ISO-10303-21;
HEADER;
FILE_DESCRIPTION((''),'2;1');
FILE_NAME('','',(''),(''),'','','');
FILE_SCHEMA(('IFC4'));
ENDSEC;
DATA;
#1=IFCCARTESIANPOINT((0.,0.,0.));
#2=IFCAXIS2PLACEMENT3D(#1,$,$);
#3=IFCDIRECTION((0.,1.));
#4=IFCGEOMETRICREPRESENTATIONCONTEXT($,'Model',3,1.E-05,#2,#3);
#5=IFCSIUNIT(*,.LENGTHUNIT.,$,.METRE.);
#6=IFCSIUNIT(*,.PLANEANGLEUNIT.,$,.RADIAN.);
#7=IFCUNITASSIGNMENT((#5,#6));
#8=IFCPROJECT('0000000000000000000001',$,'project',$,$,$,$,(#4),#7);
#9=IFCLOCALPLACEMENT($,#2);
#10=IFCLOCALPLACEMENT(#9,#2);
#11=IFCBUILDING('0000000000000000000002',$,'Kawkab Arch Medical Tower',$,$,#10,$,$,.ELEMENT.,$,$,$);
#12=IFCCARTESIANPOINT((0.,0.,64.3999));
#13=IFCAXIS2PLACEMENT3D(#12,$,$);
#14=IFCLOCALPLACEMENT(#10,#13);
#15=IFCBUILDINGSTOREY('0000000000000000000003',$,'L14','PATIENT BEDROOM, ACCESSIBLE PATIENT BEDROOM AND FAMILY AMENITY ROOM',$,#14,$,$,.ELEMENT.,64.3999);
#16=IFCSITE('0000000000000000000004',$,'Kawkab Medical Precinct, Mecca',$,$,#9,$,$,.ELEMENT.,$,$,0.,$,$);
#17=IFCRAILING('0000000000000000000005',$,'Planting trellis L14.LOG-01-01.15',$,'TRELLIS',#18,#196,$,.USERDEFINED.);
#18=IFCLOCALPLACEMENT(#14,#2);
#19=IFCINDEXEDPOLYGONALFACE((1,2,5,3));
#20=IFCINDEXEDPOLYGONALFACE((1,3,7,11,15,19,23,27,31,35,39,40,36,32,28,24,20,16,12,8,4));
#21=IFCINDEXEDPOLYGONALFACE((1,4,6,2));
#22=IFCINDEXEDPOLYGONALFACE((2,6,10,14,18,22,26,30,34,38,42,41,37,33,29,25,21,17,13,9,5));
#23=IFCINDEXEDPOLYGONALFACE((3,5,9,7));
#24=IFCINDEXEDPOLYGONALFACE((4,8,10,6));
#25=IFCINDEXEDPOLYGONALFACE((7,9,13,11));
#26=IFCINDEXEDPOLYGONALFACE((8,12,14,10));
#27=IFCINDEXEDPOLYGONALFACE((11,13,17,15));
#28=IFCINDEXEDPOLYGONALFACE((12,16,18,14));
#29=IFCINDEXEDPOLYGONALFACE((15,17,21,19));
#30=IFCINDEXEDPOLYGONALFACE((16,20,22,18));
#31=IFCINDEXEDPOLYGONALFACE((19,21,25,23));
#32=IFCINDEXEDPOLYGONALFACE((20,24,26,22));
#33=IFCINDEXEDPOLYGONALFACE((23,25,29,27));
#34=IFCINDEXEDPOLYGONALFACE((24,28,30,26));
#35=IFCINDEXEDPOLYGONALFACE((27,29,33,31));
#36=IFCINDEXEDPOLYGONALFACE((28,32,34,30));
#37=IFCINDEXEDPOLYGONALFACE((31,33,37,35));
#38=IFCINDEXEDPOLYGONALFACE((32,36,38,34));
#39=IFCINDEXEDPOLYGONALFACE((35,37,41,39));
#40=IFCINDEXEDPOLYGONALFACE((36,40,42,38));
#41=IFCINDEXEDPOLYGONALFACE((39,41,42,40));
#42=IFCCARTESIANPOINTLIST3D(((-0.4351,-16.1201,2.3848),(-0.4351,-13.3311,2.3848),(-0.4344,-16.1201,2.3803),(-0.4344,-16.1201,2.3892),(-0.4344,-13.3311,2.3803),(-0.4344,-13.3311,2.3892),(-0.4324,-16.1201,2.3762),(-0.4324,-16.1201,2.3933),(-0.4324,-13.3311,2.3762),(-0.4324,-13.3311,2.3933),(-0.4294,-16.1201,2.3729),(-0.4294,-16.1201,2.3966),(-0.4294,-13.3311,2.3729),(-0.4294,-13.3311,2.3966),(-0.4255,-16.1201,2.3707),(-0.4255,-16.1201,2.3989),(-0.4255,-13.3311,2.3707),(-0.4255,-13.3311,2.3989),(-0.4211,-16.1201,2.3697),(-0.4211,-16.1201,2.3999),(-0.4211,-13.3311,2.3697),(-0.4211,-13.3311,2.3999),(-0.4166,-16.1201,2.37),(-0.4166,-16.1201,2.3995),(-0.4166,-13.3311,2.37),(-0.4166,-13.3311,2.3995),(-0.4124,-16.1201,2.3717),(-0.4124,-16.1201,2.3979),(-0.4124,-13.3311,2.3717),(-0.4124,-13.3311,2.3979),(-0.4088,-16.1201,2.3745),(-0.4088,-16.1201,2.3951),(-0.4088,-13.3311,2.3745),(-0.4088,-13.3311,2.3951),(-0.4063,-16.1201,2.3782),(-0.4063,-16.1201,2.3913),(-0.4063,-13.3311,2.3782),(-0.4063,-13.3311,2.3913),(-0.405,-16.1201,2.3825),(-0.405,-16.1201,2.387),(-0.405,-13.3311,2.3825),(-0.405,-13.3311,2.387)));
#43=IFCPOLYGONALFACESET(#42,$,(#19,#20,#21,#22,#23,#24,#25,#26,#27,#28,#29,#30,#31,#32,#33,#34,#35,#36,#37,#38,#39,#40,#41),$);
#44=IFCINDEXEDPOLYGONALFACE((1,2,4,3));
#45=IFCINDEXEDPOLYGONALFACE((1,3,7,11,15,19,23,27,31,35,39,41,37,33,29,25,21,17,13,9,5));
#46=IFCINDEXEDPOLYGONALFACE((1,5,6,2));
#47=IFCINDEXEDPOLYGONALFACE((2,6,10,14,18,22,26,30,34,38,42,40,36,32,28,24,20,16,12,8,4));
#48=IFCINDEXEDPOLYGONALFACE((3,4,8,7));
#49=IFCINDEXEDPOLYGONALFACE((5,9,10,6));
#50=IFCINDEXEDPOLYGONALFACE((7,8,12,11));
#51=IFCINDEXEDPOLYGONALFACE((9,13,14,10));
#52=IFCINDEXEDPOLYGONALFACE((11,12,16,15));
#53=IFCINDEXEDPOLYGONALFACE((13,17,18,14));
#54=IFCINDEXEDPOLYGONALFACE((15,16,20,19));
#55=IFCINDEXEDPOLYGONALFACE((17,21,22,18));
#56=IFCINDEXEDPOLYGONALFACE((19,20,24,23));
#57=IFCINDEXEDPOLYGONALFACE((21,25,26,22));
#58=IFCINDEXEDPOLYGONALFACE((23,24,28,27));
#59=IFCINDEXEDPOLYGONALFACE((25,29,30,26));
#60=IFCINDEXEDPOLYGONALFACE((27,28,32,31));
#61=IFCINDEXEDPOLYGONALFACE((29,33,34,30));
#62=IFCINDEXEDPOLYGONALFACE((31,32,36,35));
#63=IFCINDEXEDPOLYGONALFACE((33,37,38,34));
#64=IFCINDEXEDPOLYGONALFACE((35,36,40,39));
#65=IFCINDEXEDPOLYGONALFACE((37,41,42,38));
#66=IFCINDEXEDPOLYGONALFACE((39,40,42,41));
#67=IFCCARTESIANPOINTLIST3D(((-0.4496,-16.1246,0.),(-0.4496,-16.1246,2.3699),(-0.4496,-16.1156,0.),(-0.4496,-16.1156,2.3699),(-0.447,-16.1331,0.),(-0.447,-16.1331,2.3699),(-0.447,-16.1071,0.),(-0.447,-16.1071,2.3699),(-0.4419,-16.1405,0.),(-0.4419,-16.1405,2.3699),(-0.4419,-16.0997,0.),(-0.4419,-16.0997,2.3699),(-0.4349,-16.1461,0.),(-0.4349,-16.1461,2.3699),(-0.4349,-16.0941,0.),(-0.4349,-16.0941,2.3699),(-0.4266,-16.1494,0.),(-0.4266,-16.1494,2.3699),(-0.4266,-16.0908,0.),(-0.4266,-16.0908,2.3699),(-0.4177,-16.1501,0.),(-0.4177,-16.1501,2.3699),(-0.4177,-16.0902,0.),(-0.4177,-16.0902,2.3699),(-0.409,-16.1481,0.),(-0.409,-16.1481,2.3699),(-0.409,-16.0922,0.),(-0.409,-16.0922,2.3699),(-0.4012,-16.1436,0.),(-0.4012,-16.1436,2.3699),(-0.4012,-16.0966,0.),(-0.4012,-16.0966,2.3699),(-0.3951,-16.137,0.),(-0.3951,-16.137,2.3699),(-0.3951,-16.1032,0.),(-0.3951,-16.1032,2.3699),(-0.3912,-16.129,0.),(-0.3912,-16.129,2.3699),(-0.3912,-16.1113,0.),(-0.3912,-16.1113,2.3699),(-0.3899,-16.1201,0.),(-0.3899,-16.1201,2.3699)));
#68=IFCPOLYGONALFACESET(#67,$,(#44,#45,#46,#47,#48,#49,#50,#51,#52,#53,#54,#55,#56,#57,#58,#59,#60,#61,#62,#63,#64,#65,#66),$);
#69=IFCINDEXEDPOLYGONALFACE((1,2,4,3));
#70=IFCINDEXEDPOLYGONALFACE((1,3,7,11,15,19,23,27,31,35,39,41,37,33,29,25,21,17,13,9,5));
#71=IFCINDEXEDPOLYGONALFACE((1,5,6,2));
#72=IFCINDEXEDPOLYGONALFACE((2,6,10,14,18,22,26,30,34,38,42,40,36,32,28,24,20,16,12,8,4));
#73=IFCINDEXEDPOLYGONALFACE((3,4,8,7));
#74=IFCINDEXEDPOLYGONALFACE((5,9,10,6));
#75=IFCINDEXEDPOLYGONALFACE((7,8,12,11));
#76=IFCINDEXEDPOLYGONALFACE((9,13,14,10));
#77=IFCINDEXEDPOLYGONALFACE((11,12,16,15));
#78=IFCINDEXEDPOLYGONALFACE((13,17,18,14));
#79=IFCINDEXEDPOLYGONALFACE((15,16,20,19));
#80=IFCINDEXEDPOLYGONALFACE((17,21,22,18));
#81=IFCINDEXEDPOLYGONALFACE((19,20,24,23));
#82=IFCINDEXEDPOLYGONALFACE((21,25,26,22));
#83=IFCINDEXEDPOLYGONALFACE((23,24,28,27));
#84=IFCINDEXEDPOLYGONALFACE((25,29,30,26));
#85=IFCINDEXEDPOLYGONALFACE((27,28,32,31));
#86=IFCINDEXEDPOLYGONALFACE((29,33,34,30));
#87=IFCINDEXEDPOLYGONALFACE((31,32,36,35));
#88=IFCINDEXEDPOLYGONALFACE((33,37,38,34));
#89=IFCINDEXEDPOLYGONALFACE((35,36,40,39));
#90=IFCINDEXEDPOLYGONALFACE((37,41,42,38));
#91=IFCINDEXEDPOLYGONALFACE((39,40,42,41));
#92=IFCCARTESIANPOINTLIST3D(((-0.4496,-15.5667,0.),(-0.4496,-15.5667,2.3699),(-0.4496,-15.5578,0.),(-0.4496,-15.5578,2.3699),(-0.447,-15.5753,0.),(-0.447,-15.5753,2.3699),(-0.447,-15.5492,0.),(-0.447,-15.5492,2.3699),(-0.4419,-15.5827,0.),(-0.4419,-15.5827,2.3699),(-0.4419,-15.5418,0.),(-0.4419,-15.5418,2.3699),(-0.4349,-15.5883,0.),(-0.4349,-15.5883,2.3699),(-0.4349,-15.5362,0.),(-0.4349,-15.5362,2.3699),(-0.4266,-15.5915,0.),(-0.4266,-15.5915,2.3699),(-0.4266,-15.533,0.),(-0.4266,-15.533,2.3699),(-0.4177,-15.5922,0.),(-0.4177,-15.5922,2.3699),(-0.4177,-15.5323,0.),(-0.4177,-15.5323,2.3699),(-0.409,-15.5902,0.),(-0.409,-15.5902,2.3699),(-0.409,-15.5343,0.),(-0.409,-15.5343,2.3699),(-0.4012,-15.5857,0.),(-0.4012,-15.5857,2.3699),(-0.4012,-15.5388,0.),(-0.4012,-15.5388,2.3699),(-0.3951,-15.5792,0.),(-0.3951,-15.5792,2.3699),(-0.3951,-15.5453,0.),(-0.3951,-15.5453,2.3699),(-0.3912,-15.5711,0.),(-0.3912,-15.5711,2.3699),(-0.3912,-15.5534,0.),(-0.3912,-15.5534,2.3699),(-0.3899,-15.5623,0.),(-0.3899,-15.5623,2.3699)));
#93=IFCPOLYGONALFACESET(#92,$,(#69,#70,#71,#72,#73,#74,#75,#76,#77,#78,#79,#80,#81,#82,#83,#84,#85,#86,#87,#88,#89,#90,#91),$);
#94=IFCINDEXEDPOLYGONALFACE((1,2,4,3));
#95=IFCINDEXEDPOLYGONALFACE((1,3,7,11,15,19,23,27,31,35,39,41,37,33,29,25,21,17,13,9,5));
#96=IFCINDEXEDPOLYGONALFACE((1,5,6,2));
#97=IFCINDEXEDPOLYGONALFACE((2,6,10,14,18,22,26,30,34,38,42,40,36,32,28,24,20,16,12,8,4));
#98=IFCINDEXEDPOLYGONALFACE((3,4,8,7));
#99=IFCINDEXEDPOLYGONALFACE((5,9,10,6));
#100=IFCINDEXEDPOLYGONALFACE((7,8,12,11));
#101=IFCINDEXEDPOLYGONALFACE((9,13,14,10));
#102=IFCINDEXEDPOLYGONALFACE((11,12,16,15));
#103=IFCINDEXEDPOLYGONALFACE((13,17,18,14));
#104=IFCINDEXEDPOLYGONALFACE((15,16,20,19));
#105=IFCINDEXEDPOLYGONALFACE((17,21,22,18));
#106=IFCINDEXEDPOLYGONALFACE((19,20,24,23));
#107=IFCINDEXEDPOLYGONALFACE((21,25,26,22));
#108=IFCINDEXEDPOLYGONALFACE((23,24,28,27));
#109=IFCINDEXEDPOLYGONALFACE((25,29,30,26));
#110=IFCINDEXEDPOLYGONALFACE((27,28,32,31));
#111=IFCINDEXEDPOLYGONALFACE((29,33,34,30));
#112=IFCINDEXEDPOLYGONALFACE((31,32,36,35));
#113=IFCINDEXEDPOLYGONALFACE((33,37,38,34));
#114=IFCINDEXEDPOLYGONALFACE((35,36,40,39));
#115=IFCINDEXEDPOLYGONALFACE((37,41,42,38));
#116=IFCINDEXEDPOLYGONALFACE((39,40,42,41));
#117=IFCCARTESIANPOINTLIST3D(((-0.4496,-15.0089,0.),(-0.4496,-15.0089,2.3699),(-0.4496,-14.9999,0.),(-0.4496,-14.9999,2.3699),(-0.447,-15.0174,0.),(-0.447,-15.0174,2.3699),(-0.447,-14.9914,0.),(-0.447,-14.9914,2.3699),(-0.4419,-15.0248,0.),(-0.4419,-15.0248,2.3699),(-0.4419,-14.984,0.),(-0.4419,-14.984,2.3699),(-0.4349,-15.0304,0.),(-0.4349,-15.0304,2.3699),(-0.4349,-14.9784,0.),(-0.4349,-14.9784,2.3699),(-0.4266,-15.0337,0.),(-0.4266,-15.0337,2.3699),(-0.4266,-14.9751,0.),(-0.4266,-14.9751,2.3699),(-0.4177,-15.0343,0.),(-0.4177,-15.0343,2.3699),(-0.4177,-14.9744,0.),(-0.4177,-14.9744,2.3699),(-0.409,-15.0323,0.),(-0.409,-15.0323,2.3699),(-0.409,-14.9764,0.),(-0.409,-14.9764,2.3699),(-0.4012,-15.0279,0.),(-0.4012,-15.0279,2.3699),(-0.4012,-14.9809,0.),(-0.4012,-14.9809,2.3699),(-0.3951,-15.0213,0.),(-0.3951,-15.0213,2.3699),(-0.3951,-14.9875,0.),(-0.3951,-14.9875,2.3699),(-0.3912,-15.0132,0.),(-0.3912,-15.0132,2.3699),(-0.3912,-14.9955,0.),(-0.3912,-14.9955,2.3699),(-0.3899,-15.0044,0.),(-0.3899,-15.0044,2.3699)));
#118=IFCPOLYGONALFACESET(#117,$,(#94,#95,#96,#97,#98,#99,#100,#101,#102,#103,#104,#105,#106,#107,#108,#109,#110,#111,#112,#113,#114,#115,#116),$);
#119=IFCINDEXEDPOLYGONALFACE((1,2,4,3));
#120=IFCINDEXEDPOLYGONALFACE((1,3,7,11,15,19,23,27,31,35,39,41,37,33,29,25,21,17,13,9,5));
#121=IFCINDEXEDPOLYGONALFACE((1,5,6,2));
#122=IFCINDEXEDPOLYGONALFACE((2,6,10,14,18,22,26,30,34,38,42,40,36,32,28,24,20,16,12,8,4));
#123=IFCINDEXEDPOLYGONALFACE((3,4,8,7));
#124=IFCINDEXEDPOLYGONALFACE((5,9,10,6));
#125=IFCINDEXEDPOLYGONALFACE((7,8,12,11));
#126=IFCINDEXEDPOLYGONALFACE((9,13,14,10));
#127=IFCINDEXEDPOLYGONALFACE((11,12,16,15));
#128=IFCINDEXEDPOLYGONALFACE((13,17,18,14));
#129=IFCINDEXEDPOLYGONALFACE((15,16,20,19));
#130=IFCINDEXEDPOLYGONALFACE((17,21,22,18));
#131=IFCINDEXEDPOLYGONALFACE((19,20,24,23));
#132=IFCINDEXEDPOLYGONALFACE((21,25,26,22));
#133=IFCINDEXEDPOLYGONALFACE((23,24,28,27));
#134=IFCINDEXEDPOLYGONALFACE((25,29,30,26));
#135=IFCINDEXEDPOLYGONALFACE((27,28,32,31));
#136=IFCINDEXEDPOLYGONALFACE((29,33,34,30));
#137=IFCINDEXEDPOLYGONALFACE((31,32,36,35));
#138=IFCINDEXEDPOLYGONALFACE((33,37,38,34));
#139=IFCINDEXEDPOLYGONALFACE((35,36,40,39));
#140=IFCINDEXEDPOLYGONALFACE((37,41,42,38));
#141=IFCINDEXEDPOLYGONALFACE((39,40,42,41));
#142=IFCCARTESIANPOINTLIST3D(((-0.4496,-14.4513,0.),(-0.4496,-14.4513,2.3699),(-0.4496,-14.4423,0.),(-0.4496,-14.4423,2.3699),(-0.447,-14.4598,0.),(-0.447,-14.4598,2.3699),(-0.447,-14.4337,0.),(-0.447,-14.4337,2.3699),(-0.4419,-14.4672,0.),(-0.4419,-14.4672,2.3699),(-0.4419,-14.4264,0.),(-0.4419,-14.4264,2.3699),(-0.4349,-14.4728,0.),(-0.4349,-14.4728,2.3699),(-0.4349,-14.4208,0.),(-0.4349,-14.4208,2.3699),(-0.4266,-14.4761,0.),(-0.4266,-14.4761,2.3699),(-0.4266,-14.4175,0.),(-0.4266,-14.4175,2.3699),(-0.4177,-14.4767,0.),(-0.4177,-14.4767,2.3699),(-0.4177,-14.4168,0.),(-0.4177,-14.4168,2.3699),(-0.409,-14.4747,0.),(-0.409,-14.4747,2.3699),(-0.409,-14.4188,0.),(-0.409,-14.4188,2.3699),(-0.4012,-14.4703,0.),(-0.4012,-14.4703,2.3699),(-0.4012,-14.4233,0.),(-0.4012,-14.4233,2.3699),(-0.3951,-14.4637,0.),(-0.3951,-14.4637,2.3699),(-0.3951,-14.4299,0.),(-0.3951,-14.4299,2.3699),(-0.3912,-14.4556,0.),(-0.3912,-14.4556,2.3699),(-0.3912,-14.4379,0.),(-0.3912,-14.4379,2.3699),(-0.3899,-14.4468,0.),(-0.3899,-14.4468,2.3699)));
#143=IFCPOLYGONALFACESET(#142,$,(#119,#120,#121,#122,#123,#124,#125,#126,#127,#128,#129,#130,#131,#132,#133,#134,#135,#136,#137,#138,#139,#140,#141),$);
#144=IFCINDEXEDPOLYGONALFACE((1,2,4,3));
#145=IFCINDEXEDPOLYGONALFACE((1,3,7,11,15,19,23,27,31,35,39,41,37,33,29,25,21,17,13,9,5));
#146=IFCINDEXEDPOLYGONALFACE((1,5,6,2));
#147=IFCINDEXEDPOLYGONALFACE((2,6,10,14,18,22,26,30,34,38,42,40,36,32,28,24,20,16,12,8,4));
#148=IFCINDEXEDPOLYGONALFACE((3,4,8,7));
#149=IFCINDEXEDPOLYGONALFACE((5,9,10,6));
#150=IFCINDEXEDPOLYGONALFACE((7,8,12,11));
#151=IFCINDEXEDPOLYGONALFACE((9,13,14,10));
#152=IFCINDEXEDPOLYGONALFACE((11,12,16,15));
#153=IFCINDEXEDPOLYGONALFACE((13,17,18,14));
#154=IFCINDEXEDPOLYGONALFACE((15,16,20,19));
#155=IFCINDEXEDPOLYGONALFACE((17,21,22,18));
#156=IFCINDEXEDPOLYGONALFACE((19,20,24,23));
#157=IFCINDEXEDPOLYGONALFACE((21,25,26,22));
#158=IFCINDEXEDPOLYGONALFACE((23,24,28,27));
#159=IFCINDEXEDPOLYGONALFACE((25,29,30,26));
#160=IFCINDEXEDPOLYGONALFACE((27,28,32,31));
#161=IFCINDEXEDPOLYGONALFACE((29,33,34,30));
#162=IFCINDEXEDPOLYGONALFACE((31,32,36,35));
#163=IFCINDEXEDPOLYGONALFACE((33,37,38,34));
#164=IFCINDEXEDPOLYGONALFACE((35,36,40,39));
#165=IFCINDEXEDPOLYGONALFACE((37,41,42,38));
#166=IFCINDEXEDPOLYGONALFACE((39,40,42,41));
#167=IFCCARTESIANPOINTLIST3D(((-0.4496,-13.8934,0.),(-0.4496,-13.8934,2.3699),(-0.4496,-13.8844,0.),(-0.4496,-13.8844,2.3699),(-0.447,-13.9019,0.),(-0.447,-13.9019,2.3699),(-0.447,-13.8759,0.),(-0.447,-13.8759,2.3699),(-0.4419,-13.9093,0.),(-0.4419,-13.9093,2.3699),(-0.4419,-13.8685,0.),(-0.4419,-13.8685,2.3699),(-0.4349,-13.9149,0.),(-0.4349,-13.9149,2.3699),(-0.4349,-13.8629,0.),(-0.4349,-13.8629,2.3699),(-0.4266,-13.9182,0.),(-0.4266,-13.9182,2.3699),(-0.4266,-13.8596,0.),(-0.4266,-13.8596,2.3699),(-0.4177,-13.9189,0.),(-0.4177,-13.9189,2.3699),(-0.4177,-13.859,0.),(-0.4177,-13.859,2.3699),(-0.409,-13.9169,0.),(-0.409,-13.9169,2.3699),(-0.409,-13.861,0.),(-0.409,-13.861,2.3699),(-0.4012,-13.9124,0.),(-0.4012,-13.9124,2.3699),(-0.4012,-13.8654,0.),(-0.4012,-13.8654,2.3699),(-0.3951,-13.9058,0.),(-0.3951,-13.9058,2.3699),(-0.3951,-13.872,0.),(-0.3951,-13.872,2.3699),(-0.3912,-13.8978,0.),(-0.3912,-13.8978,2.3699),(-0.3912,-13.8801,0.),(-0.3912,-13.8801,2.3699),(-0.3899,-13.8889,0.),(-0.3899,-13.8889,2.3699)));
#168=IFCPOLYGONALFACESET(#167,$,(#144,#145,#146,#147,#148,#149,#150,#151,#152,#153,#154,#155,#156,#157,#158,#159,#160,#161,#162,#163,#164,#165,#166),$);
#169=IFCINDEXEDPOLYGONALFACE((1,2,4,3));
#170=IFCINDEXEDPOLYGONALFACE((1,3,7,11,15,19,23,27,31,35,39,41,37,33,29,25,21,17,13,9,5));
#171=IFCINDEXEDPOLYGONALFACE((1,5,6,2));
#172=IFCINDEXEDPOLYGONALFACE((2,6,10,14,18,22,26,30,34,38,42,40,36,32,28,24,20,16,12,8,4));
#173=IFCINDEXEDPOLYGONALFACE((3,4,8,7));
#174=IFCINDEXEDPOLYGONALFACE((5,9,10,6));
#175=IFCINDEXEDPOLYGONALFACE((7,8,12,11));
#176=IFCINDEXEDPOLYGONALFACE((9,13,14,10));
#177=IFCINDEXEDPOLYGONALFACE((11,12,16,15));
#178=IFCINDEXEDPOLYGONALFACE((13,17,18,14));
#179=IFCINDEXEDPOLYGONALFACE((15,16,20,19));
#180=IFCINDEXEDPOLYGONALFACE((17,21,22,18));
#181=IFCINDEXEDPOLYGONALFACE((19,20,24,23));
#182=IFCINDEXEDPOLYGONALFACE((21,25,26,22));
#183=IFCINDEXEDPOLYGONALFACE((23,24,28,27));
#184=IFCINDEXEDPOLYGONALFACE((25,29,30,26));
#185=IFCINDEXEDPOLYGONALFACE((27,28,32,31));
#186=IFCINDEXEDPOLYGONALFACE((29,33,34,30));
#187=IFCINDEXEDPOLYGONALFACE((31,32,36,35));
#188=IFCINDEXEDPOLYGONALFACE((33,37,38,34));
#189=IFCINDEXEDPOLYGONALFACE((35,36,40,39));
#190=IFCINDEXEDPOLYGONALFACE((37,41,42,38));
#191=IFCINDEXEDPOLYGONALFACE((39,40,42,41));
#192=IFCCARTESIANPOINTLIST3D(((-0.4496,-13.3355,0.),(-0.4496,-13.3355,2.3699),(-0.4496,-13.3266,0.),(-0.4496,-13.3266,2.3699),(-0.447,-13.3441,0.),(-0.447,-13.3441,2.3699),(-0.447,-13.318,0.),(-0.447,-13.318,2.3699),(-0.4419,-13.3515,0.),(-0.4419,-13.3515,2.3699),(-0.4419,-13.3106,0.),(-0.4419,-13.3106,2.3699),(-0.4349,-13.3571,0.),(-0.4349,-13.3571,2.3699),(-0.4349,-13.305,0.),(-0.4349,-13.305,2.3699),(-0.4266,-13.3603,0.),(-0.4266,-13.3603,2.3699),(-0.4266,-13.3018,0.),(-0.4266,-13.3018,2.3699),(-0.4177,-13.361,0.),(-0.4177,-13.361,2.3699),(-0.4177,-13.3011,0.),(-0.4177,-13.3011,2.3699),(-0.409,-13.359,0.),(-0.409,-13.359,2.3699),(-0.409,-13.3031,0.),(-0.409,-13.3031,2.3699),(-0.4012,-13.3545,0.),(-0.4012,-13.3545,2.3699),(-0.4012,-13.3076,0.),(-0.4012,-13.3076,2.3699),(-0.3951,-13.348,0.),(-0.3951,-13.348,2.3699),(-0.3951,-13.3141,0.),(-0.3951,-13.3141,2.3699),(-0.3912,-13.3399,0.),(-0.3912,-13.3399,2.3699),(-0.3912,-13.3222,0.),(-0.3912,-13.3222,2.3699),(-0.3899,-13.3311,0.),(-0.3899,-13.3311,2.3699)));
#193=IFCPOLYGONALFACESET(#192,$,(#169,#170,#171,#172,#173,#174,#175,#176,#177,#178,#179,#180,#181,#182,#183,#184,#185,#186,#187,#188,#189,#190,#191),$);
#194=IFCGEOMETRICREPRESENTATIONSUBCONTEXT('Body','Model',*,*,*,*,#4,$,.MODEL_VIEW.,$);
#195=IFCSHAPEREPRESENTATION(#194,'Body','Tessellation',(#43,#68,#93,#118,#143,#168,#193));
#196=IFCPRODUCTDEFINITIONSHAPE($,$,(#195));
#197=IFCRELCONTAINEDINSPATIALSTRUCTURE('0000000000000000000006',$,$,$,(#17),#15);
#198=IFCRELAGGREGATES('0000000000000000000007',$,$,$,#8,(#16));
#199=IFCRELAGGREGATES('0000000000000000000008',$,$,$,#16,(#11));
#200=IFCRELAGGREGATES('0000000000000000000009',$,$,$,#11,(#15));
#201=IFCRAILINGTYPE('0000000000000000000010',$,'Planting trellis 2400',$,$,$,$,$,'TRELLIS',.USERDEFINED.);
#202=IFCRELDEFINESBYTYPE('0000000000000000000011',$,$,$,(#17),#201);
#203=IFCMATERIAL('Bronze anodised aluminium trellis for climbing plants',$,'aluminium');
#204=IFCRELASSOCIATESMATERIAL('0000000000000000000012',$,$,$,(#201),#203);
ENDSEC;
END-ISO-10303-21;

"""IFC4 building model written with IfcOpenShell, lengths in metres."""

from ifc_helpers import new_model, si_unit, direction, frame, origin, origin_2d, place, context, subcontext, project, spatial, circle, extrude, material, type_object, element, save


model = new_model("IFC4")

# Units and contexts
model_context = context("Model", 3, precision=1e-05, world=origin(), true_north=direction((0.0, 1.0)))
body_context = subcontext(model_context, "Body", "Model", "MODEL_VIEW")
ifc_project = project(units=[si_unit("LENGTHUNIT", "METRE"), si_unit("PLANEANGLEUNIT", "RADIAN")], contexts=[model_context])

# Site, building, storey
site_placement = place(None, origin())
site = spatial("IfcSite", under=ifc_project, at=site_placement, Name="Kawkab Medical Precinct, Mecca", CompositionType="ELEMENT", RefElevation=0.0)
building_placement = place(site_placement, origin())
building = spatial("IfcBuilding", under=site, at=building_placement, Name="Kawkab Arch Medical Tower", CompositionType="ELEMENT")
storey_placement = place(building_placement, frame((0.0, 0.0, 64.3999)))
storey = spatial("IfcBuildingStorey", under=building, at=storey_placement, Name="L14", Description="PATIENT BEDROOM, ACCESSIBLE PATIENT BEDROOM AND FAMILY AMENITY ROOM", CompositionType="ELEMENT", Elevation=64.3999)

# Railing
ifc_material_1 = material(Name="Bronze anodised aluminium trellis for climbing plants", Category="aluminium")
railing_type_1 = type_object("IfcRailingType", Name="Planting trellis 2400", ElementType="TRELLIS", PredefinedType="USERDEFINED", material=ifc_material_1)
railing_1_placement = place(storey_placement, frame((-0.4199, -16.1201, 0.0)))
element("IfcRailing", 1, at=railing_1_placement, inside=storey, type_object=railing_type_1, Name="Planting trellis L14.LOG-01-01.15", ObjectType="TRELLIS", PredefinedType="USERDEFINED", context=body_context, shape_type="SweptSolid", body=[
    extrude(circle(Radius=0.0151, at=origin_2d()), frame((0.0, 0.0, 2.3848), z_axis=(0.0, 1.0, 0.0), x_axis=(-1.0, 0.0, 0.0)), (0.0, 0.0, 1.0), 2.7891),
    extrude(circle(Radius=0.03, at=origin_2d()), origin(), (0.0, 0.0, 1.0), 2.3699),
    extrude(circle(Radius=0.03, at=origin_2d()), frame((0.0, 0.5579, 0.0)), (0.0, 0.0, 1.0), 2.3699),
    extrude(circle(Radius=0.03, at=origin_2d()), frame((0.0, 1.1157, 0.0)), (0.0, 0.0, 1.0), 2.3699),
    extrude(circle(Radius=0.03, at=origin_2d()), frame((0.0, 1.6733, 0.0)), (0.0, 0.0, 1.0), 2.3699),
    extrude(circle(Radius=0.03, at=origin_2d()), frame((0.0, 2.2312, 0.0)), (0.0, 0.0, 1.0), 2.3699),
    extrude(circle(Radius=0.03, at=origin_2d()), frame((0.0, 2.7891, 0.0)), (0.0, 0.0, 1.0), 2.3699),
])

save(model, "model.ifc")
